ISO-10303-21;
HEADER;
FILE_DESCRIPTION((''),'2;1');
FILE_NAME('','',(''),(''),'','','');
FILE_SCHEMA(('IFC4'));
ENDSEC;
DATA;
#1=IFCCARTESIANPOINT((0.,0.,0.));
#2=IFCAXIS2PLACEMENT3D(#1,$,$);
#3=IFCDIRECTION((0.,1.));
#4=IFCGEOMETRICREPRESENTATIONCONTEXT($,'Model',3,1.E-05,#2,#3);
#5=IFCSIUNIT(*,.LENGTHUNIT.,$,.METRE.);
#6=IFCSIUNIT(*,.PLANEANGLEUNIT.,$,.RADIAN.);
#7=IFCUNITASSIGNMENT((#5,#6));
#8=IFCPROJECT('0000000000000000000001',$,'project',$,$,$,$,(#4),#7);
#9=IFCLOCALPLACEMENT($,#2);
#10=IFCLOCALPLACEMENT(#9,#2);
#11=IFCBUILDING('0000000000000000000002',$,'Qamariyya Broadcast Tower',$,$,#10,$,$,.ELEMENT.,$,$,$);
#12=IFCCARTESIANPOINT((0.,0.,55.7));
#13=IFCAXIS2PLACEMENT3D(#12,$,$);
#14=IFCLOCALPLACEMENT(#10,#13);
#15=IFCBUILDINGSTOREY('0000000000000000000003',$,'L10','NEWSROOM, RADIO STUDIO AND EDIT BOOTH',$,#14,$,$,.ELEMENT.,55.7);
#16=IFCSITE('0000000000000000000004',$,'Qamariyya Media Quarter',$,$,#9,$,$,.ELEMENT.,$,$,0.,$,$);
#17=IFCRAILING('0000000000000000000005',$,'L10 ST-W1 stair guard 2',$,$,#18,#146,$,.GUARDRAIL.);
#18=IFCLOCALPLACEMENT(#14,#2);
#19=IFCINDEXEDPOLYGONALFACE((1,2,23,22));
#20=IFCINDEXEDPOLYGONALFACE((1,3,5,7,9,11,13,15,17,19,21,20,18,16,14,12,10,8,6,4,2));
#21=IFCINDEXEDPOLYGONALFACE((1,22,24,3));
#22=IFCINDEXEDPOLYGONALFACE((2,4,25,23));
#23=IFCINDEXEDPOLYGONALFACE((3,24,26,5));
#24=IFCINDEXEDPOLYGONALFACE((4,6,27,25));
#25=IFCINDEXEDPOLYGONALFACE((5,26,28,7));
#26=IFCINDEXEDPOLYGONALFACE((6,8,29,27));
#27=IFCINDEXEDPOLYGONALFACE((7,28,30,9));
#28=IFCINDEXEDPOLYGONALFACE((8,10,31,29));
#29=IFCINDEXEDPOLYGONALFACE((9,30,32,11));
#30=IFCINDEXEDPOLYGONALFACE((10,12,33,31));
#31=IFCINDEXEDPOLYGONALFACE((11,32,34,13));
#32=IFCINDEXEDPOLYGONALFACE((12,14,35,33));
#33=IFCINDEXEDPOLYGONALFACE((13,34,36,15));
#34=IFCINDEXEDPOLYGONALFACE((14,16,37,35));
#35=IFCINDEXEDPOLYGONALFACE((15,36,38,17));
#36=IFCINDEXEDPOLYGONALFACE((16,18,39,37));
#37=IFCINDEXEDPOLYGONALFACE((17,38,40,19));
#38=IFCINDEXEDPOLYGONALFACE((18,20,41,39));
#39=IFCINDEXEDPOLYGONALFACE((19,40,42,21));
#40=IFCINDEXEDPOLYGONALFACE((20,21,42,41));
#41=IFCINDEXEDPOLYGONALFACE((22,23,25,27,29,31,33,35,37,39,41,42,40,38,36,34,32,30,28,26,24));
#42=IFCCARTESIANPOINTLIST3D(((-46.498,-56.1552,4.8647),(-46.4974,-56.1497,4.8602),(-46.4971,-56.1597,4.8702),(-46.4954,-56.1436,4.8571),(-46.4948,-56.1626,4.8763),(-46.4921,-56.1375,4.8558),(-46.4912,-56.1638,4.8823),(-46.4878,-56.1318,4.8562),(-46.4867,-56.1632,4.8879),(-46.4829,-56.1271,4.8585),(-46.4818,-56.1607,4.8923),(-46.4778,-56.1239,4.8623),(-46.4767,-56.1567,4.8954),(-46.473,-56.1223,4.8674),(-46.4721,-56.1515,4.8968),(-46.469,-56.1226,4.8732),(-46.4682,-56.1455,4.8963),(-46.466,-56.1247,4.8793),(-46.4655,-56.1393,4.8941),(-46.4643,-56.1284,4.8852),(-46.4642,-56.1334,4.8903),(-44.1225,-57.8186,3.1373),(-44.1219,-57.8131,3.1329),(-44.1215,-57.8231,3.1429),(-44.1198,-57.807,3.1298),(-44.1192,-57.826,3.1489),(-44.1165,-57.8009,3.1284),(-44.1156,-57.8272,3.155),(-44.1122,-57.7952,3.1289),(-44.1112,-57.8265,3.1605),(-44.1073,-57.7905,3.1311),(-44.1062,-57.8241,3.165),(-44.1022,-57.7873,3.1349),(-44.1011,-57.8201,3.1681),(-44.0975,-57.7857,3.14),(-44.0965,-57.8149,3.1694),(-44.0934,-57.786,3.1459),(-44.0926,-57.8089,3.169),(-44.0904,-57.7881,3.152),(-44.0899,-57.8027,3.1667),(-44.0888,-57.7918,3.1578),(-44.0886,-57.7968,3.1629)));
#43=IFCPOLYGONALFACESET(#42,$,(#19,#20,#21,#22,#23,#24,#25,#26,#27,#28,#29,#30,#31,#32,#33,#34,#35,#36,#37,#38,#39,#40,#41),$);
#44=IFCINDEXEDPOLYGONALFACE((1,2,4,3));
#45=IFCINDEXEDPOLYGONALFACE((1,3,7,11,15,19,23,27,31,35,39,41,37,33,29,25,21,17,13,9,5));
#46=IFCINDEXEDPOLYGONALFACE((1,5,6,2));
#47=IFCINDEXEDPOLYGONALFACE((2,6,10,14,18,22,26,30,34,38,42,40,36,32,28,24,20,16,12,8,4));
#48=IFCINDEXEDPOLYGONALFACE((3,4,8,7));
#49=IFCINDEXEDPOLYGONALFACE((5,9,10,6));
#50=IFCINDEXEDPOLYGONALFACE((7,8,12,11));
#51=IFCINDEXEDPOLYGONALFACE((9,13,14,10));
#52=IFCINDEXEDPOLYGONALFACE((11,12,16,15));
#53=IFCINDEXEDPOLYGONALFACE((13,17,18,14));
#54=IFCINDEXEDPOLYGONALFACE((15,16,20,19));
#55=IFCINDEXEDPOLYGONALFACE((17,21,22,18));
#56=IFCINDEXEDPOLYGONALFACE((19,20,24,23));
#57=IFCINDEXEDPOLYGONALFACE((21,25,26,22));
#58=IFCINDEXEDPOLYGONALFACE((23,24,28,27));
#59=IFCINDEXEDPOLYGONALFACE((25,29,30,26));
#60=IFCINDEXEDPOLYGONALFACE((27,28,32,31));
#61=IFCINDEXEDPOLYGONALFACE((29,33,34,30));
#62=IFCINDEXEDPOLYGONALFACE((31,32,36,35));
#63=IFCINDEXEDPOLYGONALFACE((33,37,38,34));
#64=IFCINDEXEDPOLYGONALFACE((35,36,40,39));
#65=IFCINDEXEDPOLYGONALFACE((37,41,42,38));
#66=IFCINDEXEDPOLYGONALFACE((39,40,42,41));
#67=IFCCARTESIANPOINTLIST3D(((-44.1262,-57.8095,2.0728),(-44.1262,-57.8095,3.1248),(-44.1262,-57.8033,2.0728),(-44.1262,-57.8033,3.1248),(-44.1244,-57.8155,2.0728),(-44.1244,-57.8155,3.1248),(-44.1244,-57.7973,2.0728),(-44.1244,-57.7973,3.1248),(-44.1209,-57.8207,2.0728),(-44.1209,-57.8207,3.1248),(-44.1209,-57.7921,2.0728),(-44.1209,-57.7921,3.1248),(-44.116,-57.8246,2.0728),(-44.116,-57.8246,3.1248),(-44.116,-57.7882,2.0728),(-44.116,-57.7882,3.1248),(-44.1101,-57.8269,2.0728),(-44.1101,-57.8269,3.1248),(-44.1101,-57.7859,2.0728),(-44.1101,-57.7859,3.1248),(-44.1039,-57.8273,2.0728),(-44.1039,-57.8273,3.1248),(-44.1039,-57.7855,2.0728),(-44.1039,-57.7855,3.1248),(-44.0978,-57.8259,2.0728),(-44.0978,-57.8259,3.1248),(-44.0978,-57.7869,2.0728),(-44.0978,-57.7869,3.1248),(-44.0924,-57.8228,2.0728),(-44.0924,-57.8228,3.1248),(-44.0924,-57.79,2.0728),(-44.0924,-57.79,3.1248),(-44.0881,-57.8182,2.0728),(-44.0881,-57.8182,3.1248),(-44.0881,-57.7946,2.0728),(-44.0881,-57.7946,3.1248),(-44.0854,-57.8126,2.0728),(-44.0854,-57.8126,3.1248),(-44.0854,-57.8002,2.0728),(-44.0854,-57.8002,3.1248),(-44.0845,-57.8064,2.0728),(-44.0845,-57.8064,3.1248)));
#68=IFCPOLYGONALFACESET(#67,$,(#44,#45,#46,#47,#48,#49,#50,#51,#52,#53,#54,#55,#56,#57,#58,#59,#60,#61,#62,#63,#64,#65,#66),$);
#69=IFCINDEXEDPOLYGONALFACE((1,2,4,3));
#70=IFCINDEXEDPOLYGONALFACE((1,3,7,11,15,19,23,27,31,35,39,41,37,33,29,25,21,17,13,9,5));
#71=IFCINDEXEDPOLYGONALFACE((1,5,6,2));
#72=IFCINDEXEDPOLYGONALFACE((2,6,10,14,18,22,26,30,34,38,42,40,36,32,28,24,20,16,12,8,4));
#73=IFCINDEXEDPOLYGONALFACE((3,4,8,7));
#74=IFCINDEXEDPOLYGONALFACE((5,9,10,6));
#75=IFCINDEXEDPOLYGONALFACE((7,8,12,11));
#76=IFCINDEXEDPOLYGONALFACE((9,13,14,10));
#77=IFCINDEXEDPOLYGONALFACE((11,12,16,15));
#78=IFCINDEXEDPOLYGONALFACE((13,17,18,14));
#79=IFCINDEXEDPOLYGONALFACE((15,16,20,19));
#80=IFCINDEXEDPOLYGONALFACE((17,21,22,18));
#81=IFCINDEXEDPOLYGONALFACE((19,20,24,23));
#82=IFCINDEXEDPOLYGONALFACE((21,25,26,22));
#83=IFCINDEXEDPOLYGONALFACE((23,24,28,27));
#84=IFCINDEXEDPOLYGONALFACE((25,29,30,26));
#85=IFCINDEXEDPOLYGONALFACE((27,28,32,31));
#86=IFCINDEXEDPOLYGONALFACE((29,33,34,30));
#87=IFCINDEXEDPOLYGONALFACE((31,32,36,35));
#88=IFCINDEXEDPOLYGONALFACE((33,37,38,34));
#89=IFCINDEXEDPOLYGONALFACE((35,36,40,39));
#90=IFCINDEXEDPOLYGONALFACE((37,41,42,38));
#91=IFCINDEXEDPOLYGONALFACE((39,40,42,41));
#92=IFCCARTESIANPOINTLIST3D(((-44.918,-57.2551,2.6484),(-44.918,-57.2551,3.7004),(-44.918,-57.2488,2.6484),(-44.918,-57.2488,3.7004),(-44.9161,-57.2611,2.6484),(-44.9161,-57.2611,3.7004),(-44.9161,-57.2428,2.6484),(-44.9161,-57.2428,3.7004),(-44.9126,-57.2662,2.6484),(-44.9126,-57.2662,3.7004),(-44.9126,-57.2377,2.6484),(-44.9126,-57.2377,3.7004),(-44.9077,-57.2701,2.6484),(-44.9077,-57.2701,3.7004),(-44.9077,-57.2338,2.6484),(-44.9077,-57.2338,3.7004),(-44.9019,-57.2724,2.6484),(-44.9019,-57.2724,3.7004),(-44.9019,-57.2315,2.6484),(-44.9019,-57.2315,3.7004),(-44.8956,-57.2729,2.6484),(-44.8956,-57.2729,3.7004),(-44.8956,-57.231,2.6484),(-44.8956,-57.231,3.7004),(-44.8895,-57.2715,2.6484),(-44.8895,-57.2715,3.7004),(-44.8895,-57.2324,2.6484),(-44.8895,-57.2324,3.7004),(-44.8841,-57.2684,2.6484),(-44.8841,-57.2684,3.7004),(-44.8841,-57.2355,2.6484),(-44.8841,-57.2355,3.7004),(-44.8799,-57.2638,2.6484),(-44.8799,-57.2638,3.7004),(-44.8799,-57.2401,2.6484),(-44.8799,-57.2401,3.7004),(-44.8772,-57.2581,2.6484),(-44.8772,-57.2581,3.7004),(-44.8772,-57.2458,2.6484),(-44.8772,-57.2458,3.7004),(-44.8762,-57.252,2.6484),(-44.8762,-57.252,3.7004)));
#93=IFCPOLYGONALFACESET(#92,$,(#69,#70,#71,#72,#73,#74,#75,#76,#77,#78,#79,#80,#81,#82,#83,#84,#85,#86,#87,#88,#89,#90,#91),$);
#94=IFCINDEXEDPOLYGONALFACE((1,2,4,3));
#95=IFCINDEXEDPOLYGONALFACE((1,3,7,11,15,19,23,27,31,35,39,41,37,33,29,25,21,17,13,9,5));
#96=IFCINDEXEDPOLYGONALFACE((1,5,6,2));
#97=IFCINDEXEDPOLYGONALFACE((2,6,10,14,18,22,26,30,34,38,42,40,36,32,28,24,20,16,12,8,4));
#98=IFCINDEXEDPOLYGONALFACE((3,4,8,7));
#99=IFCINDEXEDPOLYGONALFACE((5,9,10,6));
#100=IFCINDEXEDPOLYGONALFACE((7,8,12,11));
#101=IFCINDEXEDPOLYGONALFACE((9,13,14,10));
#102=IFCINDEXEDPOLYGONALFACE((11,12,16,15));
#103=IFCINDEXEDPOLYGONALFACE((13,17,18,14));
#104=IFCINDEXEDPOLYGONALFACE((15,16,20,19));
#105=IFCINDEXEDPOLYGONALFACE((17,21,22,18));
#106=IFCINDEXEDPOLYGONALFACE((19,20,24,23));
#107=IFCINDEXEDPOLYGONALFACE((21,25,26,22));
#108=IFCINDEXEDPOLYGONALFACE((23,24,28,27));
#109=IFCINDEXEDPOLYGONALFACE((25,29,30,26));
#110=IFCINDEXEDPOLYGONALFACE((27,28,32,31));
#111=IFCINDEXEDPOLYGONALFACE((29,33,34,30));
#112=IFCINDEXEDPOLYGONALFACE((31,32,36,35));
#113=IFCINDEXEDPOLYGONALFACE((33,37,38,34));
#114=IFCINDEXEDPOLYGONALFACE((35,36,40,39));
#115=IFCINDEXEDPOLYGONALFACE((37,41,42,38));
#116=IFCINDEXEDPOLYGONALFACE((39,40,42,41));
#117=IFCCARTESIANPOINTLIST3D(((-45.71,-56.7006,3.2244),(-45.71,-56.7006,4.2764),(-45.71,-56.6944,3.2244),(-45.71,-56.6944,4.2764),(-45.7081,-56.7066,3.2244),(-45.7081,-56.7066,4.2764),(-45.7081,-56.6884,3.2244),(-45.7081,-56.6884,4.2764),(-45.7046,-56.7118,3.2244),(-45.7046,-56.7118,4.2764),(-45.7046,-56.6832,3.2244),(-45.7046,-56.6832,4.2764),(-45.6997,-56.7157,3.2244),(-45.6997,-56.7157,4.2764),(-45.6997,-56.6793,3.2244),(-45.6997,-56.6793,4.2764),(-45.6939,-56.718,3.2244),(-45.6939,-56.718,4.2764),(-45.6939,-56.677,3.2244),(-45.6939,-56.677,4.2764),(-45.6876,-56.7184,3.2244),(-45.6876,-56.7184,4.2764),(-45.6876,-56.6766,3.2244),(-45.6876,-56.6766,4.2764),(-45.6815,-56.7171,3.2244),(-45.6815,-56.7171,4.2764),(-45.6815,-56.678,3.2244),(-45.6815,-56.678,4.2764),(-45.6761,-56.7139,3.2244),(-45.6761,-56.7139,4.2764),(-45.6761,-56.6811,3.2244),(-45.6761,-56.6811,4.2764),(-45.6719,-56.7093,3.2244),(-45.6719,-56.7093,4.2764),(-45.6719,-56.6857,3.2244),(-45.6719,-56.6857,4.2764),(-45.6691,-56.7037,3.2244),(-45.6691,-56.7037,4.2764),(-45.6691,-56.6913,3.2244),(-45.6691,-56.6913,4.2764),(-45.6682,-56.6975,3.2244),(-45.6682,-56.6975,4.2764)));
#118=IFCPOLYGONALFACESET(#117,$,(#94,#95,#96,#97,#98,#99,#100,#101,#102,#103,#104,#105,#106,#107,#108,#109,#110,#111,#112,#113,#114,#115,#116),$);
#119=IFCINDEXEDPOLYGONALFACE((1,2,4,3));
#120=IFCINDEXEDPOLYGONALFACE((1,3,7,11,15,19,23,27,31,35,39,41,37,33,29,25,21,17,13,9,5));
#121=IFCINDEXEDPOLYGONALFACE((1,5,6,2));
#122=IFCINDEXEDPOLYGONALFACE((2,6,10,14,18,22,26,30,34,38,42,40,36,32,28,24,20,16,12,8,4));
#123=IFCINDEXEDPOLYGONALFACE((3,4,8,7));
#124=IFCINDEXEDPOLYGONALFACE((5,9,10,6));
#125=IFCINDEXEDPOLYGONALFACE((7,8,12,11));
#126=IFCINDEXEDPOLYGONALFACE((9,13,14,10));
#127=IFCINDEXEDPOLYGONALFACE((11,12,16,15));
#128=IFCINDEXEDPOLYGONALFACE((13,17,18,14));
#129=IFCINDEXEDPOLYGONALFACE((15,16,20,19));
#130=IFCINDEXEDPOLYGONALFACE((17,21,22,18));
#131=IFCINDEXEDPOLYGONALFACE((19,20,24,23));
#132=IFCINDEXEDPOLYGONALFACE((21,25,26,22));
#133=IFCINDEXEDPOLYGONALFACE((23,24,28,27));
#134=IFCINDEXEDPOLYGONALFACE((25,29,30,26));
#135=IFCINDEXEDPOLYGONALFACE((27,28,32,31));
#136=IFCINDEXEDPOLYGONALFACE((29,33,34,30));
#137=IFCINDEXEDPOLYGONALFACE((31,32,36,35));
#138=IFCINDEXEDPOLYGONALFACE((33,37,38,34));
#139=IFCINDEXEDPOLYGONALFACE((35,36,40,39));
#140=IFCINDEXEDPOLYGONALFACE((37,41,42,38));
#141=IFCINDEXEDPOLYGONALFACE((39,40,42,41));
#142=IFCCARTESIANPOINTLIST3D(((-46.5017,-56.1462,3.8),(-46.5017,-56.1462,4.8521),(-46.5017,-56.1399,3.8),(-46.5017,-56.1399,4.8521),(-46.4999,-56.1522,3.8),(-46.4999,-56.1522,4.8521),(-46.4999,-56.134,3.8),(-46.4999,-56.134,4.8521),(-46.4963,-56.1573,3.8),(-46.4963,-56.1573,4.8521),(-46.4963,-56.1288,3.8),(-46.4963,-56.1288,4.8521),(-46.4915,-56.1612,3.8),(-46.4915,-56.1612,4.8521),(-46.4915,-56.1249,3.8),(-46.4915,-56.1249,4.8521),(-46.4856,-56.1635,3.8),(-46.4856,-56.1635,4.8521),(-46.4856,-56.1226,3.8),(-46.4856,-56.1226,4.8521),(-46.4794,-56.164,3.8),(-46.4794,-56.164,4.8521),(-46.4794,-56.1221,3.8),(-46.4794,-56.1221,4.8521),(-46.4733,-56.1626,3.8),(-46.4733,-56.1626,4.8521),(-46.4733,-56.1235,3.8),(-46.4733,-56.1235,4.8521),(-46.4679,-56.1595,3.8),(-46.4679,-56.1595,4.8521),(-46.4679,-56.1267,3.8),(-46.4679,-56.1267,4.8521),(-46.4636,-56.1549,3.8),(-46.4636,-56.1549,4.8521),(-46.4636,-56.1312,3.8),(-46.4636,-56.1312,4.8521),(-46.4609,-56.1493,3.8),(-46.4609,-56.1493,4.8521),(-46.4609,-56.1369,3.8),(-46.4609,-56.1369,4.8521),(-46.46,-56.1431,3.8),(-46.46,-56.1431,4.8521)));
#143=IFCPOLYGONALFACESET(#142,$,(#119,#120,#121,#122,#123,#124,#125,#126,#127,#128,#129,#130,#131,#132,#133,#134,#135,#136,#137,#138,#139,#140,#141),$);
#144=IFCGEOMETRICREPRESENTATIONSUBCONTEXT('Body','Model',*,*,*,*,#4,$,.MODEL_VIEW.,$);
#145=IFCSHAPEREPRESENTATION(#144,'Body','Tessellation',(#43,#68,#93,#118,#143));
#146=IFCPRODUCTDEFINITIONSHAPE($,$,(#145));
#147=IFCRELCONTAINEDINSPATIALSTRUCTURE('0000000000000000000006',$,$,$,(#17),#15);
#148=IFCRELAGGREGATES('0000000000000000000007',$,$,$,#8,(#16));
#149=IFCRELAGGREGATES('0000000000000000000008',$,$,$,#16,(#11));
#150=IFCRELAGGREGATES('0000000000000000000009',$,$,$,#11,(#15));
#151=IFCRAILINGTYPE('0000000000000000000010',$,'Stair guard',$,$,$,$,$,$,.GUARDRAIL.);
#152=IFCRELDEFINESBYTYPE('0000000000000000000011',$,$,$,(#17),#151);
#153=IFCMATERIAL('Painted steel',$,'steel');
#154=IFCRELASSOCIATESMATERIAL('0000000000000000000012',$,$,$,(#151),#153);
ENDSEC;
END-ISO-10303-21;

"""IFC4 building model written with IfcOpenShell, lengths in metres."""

from ifc_helpers import new_model, si_unit, direction, frame, origin, origin_2d, place, context, subcontext, project, spatial, circle, extrude, material, type_object, element, save


model = new_model("IFC4")

# Units and contexts
model_context = context("Model", 3, precision=1e-05, world=origin(), true_north=direction((0.0, 1.0)))
body_context = subcontext(model_context, "Body", "Model", "MODEL_VIEW")
ifc_project = project(units=[si_unit("LENGTHUNIT", "METRE"), si_unit("PLANEANGLEUNIT", "RADIAN")], contexts=[model_context])

# Site, building, storey
site_placement = place(None, origin())
site = spatial("IfcSite", under=ifc_project, at=site_placement, Name="Qamariyya Media Quarter", CompositionType="ELEMENT", RefElevation=0.0)
building_placement = place(site_placement, origin())
building = spatial("IfcBuilding", under=site, at=building_placement, Name="Qamariyya Broadcast Tower", CompositionType="ELEMENT")
storey_placement = place(building_placement, frame((0.0, 0.0, 55.7)))
storey = spatial("IfcBuildingStorey", under=building, at=storey_placement, Name="L10", Description="NEWSROOM, RADIO STUDIO AND EDIT BOOTH", CompositionType="ELEMENT", Elevation=55.7)

# Railing
ifc_material_1 = material(Name="Painted steel", Category="steel")
railing_type_1 = type_object("IfcRailingType", Name="Stair guard", PredefinedType="GUARDRAIL", material=ifc_material_1)
railing_1_placement = place(storey_placement, frame((-44.1055, -57.8064, 2.0728)))
element("IfcRailing", 1, at=railing_1_placement, inside=storey, type_object=railing_type_1, Name="L10 ST-W1 stair guard 2", PredefinedType="GUARDRAIL", context=body_context, shape_type="SweptSolid", body=[
    extrude(circle(Radius=0.0239, at=origin_2d()), frame((0.0, 0.0, 1.0762), z_axis=(-0.70377, 0.492784, 0.511734), x_axis=(-0.573575, -0.819153, 0.0)), (0.0, 0.0, 1.0), 3.3755),
    extrude(circle(Radius=0.021, at=origin_2d()), origin(), (0.0, 0.0, 1.0), 1.052),
    extrude(circle(Radius=0.021, at=origin_2d()), frame((-0.7917, 0.5544, 0.5757)), (0.0, 0.0, 1.0), 1.052),
    extrude(circle(Radius=0.021, at=origin_2d()), frame((-1.5837, 1.1089, 1.1516)), (0.0, 0.0, 1.0), 1.052),
    extrude(circle(Radius=0.021, at=origin_2d()), frame((-2.3755, 1.6633, 1.7273)), (0.0, 0.0, 1.0), 1.052),
])

save(model, "model.ifc")
